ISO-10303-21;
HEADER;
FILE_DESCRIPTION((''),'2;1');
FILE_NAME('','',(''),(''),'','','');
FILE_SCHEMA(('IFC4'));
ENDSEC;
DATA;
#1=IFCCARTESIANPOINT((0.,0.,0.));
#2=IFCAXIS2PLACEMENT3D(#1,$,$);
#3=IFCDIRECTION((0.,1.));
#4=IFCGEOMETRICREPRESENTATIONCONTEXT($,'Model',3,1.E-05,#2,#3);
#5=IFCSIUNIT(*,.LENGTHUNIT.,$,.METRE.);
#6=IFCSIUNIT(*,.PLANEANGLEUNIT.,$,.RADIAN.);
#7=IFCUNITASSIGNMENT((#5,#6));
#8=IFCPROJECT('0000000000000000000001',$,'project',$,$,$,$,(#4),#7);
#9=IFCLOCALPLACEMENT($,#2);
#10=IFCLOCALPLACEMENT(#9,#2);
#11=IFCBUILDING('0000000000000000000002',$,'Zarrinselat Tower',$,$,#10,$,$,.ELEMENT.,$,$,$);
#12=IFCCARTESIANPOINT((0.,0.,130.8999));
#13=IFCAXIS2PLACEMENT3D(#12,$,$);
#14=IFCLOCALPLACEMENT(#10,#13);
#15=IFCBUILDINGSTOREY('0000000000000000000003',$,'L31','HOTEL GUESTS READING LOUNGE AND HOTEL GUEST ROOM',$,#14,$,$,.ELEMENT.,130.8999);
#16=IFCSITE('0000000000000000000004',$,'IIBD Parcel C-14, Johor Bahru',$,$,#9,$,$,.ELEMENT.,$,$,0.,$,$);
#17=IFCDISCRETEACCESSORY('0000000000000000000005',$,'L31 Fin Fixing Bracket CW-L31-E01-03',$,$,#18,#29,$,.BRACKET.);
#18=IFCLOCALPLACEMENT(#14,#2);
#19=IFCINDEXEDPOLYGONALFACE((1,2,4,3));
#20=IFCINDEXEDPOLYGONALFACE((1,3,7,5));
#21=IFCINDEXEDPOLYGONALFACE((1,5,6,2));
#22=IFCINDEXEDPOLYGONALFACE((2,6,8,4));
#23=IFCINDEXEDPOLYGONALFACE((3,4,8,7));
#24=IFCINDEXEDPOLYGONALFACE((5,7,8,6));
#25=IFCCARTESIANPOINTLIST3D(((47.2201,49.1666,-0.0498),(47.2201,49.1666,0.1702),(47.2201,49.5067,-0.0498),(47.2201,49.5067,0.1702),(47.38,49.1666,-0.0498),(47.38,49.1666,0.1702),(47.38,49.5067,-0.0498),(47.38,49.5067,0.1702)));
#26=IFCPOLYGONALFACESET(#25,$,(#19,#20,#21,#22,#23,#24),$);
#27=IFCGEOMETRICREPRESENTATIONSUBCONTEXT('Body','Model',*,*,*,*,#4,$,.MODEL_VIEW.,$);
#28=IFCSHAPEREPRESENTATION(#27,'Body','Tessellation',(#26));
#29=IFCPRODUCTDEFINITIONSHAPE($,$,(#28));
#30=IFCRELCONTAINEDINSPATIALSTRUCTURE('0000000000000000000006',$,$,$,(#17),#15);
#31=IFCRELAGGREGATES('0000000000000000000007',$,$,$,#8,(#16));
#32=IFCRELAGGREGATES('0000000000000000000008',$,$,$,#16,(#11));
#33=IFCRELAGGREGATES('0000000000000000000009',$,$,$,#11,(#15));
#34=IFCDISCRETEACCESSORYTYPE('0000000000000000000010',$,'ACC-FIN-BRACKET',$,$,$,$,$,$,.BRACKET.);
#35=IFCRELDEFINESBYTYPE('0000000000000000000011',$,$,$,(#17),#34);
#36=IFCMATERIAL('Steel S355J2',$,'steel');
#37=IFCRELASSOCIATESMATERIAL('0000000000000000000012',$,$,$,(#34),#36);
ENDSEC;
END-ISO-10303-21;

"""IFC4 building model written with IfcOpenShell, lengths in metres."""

from ifc_helpers import new_model, si_unit, direction, frame, origin, origin_2d, place, context, subcontext, project, spatial, rectangle, extrude, material, type_object, element, save


model = new_model("IFC4")

# Units and contexts
model_context = context("Model", 3, precision=1e-05, world=origin(), true_north=direction((0.0, 1.0)))
body_context = subcontext(model_context, "Body", "Model", "MODEL_VIEW")
ifc_project = project(units=[si_unit("LENGTHUNIT", "METRE"), si_unit("PLANEANGLEUNIT", "RADIAN")], contexts=[model_context])

# Site, building, storey
site_placement = place(None, origin())
site = spatial("IfcSite", under=ifc_project, at=site_placement, Name="IIBD Parcel C-14, Johor Bahru", CompositionType="ELEMENT", RefElevation=0.0)
building_placement = place(site_placement, origin())
building = spatial("IfcBuilding", under=site, at=building_placement, Name="Zarrinselat Tower", CompositionType="ELEMENT")
storey_placement = place(building_placement, frame((0.0, 0.0, 130.8999)))
storey = spatial("IfcBuildingStorey", under=building, at=storey_placement, Name="L31", Description="HOTEL GUESTS READING LOUNGE AND HOTEL GUEST ROOM", CompositionType="ELEMENT", Elevation=130.8999)

# Discrete accessory
ifc_material_1 = material(Name="Steel S355J2", Category="steel")
discrete_accessory_type = type_object("IfcDiscreteAccessoryType", Name="ACC-FIN-BRACKET", PredefinedType="BRACKET", material=ifc_material_1)
discrete_accessory_placement = place(storey_placement, frame((47.3, 49.3367, -0.0498), z_axis=(0.0, 0.0, 1.0), x_axis=(0.0, 1.0, 0.0)))
element("IfcDiscreteAccessory", 1, at=discrete_accessory_placement, inside=storey, type_object=discrete_accessory_type, Name="L31 Fin Fixing Bracket CW-L31-E01-03", PredefinedType="BRACKET", context=body_context, shape_type="SweptSolid", body=[
    extrude(rectangle(XDim=0.3401, YDim=0.1599, at=origin_2d()), origin(), (0.0, 0.0, 1.0), 0.22),
])

save(model, "model.ifc")
